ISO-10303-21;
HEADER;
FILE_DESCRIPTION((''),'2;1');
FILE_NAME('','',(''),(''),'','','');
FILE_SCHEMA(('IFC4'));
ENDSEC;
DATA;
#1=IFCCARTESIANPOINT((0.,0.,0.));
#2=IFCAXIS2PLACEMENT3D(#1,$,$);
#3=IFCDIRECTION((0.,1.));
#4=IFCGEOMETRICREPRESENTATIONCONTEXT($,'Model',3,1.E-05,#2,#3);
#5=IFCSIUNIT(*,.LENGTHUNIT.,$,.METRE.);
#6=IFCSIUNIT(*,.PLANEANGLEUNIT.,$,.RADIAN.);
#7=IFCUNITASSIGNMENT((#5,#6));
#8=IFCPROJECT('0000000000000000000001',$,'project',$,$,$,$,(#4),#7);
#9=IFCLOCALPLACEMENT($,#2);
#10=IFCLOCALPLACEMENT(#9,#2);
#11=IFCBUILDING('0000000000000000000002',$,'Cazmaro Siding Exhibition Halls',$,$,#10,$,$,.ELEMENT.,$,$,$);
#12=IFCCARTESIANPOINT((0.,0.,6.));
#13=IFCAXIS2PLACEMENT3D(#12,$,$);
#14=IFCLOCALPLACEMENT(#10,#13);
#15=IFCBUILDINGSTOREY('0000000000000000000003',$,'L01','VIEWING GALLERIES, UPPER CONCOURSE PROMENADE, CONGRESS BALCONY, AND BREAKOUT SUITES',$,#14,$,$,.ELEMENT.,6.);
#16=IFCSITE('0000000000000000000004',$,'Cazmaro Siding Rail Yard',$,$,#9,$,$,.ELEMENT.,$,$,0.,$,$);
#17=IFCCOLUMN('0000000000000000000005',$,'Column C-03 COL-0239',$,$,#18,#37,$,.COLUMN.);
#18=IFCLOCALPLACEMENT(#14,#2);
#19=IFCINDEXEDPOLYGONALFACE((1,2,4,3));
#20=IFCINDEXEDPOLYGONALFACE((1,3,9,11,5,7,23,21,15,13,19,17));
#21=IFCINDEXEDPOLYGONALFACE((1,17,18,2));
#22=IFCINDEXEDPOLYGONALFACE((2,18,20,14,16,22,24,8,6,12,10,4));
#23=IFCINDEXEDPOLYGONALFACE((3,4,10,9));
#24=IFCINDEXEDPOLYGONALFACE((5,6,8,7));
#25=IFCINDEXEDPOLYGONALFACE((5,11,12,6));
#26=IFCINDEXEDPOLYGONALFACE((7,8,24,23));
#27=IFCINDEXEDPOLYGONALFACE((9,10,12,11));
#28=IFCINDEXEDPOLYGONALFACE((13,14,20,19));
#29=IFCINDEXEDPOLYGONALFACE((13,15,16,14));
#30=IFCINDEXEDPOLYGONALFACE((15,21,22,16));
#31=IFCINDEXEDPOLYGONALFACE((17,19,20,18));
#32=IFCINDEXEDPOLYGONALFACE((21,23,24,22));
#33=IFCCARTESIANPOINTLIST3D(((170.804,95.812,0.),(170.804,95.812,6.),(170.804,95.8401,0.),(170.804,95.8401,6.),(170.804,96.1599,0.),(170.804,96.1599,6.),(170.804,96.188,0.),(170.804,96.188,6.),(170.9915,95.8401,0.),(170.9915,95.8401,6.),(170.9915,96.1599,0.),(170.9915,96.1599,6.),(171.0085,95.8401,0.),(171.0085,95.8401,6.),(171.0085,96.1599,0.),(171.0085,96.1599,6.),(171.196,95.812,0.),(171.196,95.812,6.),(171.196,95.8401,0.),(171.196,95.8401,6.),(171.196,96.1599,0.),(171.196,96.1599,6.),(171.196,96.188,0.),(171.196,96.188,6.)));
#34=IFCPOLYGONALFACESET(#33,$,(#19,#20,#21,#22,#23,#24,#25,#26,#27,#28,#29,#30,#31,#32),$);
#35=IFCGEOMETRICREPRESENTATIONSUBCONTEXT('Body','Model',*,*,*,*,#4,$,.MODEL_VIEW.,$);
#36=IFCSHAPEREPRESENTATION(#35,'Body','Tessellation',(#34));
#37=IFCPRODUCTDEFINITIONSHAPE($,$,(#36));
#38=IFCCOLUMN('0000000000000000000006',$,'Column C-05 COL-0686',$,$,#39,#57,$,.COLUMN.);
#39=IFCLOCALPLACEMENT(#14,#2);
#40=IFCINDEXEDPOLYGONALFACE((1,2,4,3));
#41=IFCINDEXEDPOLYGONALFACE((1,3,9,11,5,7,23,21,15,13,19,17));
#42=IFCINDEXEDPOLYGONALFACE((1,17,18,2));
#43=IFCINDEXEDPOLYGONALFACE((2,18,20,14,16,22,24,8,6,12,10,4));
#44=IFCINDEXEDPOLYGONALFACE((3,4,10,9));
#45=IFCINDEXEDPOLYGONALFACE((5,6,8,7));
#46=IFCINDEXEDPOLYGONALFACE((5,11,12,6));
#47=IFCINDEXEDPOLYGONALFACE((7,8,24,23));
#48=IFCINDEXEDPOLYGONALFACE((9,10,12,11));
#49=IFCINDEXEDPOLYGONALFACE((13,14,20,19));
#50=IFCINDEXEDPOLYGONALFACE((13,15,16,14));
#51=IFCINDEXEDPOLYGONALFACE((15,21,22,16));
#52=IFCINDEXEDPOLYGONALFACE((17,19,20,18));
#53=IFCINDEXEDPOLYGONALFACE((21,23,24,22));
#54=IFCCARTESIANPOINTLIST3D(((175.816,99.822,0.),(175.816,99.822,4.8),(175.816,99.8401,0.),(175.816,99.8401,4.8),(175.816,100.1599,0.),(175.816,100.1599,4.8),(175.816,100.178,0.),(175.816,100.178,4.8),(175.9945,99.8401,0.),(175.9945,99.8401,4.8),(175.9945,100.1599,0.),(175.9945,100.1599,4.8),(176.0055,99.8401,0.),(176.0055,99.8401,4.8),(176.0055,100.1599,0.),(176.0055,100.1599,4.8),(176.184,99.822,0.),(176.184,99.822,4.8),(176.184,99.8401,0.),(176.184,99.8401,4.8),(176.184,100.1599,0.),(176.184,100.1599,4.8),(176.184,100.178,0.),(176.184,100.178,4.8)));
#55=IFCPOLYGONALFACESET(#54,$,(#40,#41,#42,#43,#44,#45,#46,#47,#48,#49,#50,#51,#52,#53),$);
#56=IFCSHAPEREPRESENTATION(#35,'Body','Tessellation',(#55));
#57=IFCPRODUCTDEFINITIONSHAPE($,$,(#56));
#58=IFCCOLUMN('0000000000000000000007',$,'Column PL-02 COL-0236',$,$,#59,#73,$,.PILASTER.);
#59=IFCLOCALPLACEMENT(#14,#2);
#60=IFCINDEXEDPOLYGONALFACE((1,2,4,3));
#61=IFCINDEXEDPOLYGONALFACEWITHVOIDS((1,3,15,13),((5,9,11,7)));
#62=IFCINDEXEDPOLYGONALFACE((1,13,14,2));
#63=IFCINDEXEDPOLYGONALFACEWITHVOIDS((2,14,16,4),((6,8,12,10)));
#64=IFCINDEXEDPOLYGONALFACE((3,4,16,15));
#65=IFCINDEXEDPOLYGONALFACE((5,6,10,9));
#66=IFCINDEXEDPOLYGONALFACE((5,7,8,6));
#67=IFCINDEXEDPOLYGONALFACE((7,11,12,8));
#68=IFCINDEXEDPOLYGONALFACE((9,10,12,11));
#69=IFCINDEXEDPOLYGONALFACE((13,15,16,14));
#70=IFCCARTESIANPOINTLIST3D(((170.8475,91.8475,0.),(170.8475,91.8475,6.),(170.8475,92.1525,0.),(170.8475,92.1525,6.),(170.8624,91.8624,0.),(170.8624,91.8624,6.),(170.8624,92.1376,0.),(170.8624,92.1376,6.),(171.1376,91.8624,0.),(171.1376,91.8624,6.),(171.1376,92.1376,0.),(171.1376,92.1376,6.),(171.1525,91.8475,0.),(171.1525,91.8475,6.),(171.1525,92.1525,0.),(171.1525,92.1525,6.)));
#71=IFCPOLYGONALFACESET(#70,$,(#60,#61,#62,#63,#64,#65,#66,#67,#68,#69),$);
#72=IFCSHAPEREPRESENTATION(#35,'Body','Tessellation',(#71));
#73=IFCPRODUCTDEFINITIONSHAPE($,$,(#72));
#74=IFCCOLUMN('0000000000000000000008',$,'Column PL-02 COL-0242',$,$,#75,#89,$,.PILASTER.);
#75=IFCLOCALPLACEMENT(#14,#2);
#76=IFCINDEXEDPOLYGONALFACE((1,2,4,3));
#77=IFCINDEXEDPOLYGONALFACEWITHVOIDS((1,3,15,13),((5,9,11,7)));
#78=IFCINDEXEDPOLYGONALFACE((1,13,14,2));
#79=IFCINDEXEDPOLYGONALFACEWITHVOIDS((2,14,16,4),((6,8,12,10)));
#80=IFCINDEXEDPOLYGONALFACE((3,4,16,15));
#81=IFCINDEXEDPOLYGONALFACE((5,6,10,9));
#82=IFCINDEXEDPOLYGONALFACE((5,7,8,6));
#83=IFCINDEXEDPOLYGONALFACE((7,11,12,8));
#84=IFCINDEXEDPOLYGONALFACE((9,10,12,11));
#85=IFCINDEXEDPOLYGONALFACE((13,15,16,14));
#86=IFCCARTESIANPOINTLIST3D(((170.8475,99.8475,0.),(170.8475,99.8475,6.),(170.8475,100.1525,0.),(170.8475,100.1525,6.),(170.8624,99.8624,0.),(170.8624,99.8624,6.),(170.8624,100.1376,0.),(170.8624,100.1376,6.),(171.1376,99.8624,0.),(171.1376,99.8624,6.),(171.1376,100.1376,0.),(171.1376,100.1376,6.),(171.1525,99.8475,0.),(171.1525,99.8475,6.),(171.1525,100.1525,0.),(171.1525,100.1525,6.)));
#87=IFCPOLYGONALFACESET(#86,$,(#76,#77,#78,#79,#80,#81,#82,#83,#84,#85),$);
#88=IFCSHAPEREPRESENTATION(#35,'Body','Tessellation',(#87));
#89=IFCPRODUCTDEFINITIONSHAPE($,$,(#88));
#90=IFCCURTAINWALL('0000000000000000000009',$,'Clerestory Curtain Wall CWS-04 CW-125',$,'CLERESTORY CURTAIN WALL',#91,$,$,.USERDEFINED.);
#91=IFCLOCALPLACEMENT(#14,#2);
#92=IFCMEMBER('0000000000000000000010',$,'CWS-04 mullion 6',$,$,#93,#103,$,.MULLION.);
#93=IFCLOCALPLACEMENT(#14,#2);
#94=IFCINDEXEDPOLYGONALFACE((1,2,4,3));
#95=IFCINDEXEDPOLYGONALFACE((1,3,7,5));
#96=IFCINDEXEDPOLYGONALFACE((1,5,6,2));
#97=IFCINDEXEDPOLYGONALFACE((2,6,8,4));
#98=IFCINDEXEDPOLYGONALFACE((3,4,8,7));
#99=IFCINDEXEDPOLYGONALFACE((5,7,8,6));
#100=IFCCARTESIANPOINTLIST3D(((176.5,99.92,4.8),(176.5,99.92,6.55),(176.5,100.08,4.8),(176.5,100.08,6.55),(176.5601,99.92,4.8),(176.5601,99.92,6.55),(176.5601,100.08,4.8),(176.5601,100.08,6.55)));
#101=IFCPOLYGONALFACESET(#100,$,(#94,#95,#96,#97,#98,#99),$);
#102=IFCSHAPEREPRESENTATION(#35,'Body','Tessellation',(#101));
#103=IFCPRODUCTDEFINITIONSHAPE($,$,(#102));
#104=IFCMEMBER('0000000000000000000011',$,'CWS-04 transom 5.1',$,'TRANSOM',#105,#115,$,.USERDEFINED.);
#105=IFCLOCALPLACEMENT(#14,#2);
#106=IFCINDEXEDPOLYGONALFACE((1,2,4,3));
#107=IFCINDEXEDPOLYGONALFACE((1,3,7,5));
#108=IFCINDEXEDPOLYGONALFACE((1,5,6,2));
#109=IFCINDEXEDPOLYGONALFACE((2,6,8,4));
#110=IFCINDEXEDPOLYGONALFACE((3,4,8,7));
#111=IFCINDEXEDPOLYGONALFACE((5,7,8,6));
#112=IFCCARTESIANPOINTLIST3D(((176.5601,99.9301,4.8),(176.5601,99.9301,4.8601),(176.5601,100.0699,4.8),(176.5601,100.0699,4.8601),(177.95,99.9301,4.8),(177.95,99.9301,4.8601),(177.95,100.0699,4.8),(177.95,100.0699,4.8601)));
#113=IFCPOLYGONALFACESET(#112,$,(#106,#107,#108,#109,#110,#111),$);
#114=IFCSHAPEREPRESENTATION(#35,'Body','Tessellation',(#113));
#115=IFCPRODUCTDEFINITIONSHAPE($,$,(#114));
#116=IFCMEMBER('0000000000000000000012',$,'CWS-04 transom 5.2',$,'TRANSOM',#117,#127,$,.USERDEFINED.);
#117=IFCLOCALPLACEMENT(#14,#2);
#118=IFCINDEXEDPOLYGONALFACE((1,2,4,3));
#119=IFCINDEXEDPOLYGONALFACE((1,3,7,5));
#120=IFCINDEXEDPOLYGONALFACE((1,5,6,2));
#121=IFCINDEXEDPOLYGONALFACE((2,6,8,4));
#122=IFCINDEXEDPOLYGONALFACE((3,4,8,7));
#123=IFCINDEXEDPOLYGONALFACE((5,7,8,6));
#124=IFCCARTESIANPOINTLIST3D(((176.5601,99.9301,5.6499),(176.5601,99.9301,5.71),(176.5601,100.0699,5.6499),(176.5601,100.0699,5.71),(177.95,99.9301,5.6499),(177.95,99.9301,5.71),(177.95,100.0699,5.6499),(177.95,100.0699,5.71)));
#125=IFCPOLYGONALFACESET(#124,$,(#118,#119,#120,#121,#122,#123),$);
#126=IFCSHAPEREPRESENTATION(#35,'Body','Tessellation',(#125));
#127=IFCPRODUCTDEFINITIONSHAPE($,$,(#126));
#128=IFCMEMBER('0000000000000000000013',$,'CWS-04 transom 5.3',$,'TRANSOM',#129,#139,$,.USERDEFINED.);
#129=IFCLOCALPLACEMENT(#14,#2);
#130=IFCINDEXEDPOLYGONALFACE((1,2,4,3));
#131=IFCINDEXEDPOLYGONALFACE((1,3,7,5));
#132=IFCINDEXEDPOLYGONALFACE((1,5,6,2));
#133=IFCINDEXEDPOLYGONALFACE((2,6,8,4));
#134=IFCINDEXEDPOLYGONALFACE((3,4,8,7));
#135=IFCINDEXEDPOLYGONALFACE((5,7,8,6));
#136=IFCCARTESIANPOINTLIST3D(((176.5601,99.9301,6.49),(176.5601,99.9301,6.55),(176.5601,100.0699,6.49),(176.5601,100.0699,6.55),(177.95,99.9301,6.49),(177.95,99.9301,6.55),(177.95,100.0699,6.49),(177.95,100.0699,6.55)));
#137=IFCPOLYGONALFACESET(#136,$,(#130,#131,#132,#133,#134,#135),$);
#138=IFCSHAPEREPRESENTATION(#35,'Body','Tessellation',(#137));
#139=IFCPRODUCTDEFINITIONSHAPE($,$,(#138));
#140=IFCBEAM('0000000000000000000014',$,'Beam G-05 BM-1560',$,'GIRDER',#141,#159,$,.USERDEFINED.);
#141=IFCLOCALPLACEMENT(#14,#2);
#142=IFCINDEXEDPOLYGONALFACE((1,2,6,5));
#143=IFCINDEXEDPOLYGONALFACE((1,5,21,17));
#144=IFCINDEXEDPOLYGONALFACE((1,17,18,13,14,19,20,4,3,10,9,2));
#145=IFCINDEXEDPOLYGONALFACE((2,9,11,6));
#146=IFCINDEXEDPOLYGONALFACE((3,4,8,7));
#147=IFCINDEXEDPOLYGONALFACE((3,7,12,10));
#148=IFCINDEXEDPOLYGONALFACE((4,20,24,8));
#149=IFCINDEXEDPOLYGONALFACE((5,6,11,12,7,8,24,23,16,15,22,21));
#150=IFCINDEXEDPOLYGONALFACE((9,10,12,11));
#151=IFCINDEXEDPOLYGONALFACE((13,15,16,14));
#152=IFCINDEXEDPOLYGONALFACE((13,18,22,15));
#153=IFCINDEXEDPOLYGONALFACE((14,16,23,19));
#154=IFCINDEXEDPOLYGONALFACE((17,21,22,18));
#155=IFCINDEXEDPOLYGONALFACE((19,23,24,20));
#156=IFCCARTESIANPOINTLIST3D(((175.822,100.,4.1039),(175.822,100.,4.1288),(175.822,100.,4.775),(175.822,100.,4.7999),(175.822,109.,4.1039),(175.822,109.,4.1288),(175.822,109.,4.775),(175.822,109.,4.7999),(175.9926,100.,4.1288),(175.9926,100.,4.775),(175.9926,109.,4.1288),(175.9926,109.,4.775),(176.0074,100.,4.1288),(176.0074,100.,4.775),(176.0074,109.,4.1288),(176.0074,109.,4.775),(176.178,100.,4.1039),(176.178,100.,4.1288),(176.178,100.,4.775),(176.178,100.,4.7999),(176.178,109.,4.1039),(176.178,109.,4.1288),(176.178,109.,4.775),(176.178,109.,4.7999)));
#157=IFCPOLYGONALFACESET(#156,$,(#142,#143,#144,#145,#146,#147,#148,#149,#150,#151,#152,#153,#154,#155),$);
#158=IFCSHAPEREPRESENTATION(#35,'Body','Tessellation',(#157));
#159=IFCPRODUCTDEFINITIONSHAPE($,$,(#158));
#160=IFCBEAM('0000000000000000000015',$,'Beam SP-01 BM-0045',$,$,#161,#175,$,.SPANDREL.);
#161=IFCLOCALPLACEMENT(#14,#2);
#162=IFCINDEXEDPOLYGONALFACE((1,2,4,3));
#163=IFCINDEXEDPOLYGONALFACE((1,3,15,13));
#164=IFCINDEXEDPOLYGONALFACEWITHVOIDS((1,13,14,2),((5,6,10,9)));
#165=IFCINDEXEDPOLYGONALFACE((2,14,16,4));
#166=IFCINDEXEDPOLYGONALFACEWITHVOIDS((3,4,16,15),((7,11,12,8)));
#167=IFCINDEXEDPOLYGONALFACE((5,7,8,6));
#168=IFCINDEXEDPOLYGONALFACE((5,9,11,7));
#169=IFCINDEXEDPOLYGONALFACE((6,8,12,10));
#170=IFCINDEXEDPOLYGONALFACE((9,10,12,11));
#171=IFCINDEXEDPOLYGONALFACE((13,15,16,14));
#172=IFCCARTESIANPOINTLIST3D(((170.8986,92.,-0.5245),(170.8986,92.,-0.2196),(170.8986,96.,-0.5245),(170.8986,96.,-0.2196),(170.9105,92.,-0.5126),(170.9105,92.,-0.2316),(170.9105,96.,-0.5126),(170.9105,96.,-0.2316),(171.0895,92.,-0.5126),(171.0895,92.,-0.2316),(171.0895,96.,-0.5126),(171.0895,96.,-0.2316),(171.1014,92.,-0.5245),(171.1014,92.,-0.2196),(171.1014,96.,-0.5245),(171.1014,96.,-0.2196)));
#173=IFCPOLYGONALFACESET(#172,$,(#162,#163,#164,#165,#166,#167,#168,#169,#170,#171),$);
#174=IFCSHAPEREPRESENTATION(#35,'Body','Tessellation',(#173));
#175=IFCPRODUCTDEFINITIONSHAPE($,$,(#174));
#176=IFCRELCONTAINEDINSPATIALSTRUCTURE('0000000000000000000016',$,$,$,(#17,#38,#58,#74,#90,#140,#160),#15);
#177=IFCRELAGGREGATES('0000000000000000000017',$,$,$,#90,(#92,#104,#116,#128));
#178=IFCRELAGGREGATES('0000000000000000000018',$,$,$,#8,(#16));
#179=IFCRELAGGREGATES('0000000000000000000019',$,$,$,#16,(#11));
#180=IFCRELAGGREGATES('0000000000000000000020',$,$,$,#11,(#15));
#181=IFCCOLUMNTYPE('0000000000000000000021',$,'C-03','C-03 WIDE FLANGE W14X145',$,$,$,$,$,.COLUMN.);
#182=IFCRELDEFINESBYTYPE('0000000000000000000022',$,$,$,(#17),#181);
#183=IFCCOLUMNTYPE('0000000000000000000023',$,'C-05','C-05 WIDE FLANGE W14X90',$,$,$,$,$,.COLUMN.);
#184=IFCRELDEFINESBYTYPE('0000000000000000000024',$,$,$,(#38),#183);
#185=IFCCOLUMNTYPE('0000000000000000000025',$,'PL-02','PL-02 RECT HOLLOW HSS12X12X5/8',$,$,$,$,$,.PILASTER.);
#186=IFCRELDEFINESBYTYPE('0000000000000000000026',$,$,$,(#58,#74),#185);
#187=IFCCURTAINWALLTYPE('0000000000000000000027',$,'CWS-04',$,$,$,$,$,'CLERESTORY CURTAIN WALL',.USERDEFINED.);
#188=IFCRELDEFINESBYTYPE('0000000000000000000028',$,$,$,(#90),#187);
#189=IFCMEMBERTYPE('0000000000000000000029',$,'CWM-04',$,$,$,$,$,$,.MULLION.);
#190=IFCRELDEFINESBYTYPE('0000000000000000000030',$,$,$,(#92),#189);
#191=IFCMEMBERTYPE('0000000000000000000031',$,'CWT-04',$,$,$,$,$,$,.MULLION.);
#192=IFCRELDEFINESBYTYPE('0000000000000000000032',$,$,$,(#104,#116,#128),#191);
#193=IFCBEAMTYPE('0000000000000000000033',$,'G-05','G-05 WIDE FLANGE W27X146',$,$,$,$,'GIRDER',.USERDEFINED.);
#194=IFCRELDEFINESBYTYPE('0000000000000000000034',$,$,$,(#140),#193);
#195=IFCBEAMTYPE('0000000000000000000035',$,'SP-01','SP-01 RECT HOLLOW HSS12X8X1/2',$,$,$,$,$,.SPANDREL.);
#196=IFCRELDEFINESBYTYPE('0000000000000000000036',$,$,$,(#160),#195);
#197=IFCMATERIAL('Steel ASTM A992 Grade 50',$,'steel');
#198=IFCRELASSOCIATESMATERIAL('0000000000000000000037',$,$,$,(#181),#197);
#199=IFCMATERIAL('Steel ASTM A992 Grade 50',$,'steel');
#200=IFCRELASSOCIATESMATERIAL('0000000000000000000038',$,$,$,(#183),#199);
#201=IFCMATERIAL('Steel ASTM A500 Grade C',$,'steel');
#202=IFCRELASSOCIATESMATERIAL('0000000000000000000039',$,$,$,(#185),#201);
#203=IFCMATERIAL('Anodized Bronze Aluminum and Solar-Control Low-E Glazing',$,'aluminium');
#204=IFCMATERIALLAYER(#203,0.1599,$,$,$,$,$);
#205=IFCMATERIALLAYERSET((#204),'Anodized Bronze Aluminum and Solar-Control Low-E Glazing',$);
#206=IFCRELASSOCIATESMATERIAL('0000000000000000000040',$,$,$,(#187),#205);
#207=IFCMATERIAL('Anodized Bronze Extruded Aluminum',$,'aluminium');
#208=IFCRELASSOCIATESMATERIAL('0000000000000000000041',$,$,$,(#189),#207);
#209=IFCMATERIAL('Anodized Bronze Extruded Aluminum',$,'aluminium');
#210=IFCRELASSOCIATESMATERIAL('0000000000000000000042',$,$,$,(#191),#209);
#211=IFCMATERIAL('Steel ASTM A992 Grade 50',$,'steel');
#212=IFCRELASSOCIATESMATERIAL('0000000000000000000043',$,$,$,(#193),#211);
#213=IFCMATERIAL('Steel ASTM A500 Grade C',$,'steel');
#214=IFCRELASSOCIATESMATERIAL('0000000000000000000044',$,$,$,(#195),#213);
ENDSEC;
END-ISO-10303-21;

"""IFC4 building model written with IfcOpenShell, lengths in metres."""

from ifc_helpers import new_model, si_unit, direction, frame, origin, origin_2d, place, context, subcontext, project, spatial, rectangle, hollow_rectangle, i_section, extrude, material, layer, layer_set, material_profile, profile_set, type_object, element, aggregate, save


model = new_model("IFC4")

# Units and contexts
model_context = context("Model", 3, precision=1e-05, world=origin(), true_north=direction((0.0, 1.0)))
body_context = subcontext(model_context, "Body", "Model", "MODEL_VIEW")
ifc_project = project(units=[si_unit("LENGTHUNIT", "METRE"), si_unit("PLANEANGLEUNIT", "RADIAN")], contexts=[model_context])

# Site, building, storey
site_placement = place(None, origin())
site = spatial("IfcSite", under=ifc_project, at=site_placement, Name="Cazmaro Siding Rail Yard", CompositionType="ELEMENT", RefElevation=0.0)
building_placement = place(site_placement, origin())
building = spatial("IfcBuilding", under=site, at=building_placement, Name="Cazmaro Siding Exhibition Halls", CompositionType="ELEMENT")
storey_placement = place(building_placement, frame((0.0, 0.0, 6.0)))
storey = spatial("IfcBuildingStorey", under=building, at=storey_placement, Name="L01", Description="VIEWING GALLERIES, UPPER CONCOURSE PROMENADE, CONGRESS BALCONY, AND BREAKOUT SUITES", CompositionType="ELEMENT", Elevation=6.0)

# Columns
ifc_material_1 = material(Name="Steel ASTM A992 Grade 50", Category="steel")
ifc_material_profile_1 = material_profile(ifc_material_1, i_section(OverallWidth=0.3921, OverallDepth=0.376, WebThickness=0.0171, FlangeThickness=0.0281, at=origin_2d()), Name="W14X145")
ifc_profile_set_1 = profile_set([ifc_material_profile_1], Name="Steel ASTM A992 Grade 50")
column_type_1 = type_object("IfcColumnType", Name="C-03", Description="C-03 WIDE FLANGE W14X145", PredefinedType="COLUMN", material=ifc_profile_set_1)
column_1_placement = place(storey_placement, frame((171.0, 96.0, 0.0), z_axis=(0.0, 0.0, 1.0), x_axis=(1.0, 0.0, 0.0)))
element("IfcColumn", 1, at=column_1_placement, inside=storey, type_object=column_type_1, Name="Column C-03 COL-0239", PredefinedType="COLUMN", context=body_context, shape_type="SweptSolid", body=[
    extrude(i_section(OverallWidth=0.3921, OverallDepth=0.376, WebThickness=0.0171, FlangeThickness=0.0281, at=origin_2d()), origin(), (0.0, 0.0, 1.0), 6.0),
])
ifc_material_2 = material(Name="Steel ASTM A992 Grade 50", Category="steel")
ifc_material_profile_2 = material_profile(ifc_material_2, i_section(OverallWidth=0.3679, OverallDepth=0.356, WebThickness=0.011, FlangeThickness=0.0181, at=origin_2d()), Name="W14X90")
ifc_profile_set_2 = profile_set([ifc_material_profile_2], Name="Steel ASTM A992 Grade 50")
column_type_2 = type_object("IfcColumnType", Name="C-05", Description="C-05 WIDE FLANGE W14X90", PredefinedType="COLUMN", material=ifc_profile_set_2)
column_2_placement = place(storey_placement, frame((176.0, 100.0, 0.0), z_axis=(0.0, 0.0, 1.0), x_axis=(1.0, 0.0, 0.0)))
element("IfcColumn", 2, at=column_2_placement, inside=storey, type_object=column_type_2, Name="Column C-05 COL-0686", PredefinedType="COLUMN", context=body_context, shape_type="SweptSolid", body=[
    extrude(i_section(OverallWidth=0.3679, OverallDepth=0.356, WebThickness=0.011, FlangeThickness=0.0181, at=origin_2d()), origin(), (0.0, 0.0, 1.0), 4.8),
])
ifc_material_3 = material(Name="Steel ASTM A500 Grade C", Category="steel")
ifc_material_profile_3 = material_profile(ifc_material_3, hollow_rectangle(XDim=0.3049, YDim=0.3049, WallThickness=0.0149, at=origin_2d()), Name="HSS12X12X5/8")
ifc_profile_set_3 = profile_set([ifc_material_profile_3], Name="Steel ASTM A500 Grade C")
column_type_3 = type_object("IfcColumnType", Name="PL-02", Description="PL-02 RECT HOLLOW HSS12X12X5/8", PredefinedType="PILASTER", material=ifc_profile_set_3)
for number, where, z_axis, x_axis, name in (
    (3, (171.0, 92.0, 0.0), (0.0, 0.0, 1.0), (1.0, 0.0, 0.0), "Column PL-02 COL-0236"),
    (4, (171.0, 100.0, 0.0), (0.0, 0.0, 1.0), (1.0, 0.0, 0.0), "Column PL-02 COL-0242"),
):
    element("IfcColumn", number, at=place(storey_placement, frame(where, z_axis=z_axis, x_axis=x_axis)), inside=storey, type_object=column_type_3, Name=name, PredefinedType="PILASTER", context=body_context, shape_type="SweptSolid", body=[
        extrude(hollow_rectangle(XDim=0.3049, YDim=0.3049, WallThickness=0.0149, at=origin_2d()), origin(), (0.0, 0.0, 1.0), 6.0),
    ])

# Curtain wall, members
ifc_material_4 = material(Name="Anodized Bronze Aluminum and Solar-Control Low-E Glazing", Category="aluminium")
ifc_layer_1 = layer(ifc_material_4, 0.1599)
ifc_layer_set_1 = layer_set([ifc_layer_1], Name="Anodized Bronze Aluminum and Solar-Control Low-E Glazing")
curtain_wall_type = type_object("IfcCurtainWallType", Name="CWS-04", ElementType="CLERESTORY CURTAIN WALL", PredefinedType="USERDEFINED", material=ifc_layer_set_1)
curtain_wall_placement = place(storey_placement, origin())
curtain_wall = element("IfcCurtainWall", 5, at=curtain_wall_placement, inside=storey, type_object=curtain_wall_type, Name="Clerestory Curtain Wall CWS-04 CW-125", ObjectType="CLERESTORY CURTAIN WALL", PredefinedType="USERDEFINED")
ifc_material_5 = material(Name="Anodized Bronze Extruded Aluminum", Category="aluminium")
ifc_material_profile_4 = material_profile(ifc_material_5, rectangle(XDim=0.1599, YDim=0.0601, at=origin_2d()), Name="CWM-04")
ifc_profile_set_4 = profile_set([ifc_material_profile_4], Name="Anodized Bronze Extruded Aluminum")
member_type_1 = type_object("IfcMemberType", Name="CWM-04", PredefinedType="MULLION", material=ifc_profile_set_4)
member_1_placement = place(storey_placement, frame((176.53, 100.0, 4.8), z_axis=(0.0, 0.0, 1.0), x_axis=(0.0, -1.0, 0.0)))
member_1 = element("IfcMember", 6, at=member_1_placement, type_object=member_type_1, Name="CWS-04 mullion 6", PredefinedType="MULLION", context=body_context, shape_type="SweptSolid", body=[
    extrude(rectangle(XDim=0.1599, YDim=0.0601, at=origin_2d()), origin(), (0.0, 0.0, 1.0), 1.75),
])
ifc_material_6 = material(Name="Anodized Bronze Extruded Aluminum", Category="aluminium")
ifc_material_profile_5 = material_profile(ifc_material_6, rectangle(XDim=0.1399, YDim=0.0601, at=origin_2d()), Name="CWT-04")
ifc_profile_set_5 = profile_set([ifc_material_profile_5], Name="Anodized Bronze Extruded Aluminum")
member_type_2 = type_object("IfcMemberType", Name="CWT-04", PredefinedType="MULLION", material=ifc_profile_set_5)
member_2_placement = place(storey_placement, frame((177.95, 100.0, 4.8301), z_axis=(-1.0, 0.0, 0.0), x_axis=(0.0, -1.0, 0.0)))
member_2 = element("IfcMember", 7, at=member_2_placement, type_object=member_type_2, Name="CWS-04 transom 5.1", ObjectType="TRANSOM", PredefinedType="USERDEFINED", context=body_context, shape_type="SweptSolid", body=[
    extrude(rectangle(XDim=0.1399, YDim=0.0601, at=origin_2d()), origin(), (0.0, 0.0, 1.0), 1.3899),
])
member_3_placement = place(storey_placement, frame((177.95, 100.0, 5.6799), z_axis=(-1.0, 0.0, 0.0), x_axis=(0.0, -1.0, 0.0)))
member_3 = element("IfcMember", 8, at=member_3_placement, type_object=member_type_2, Name="CWS-04 transom 5.2", ObjectType="TRANSOM", PredefinedType="USERDEFINED", context=body_context, shape_type="SweptSolid", body=[
    extrude(rectangle(XDim=0.1399, YDim=0.0601, at=origin_2d()), origin(), (0.0, 0.0, 1.0), 1.3899),
])
member_4_placement = place(storey_placement, frame((177.95, 100.0, 6.52), z_axis=(-1.0, 0.0, 0.0), x_axis=(0.0, -1.0, 0.0)))
member_4 = element("IfcMember", 9, at=member_4_placement, type_object=member_type_2, Name="CWS-04 transom 5.3", ObjectType="TRANSOM", PredefinedType="USERDEFINED", context=body_context, shape_type="SweptSolid", body=[
    extrude(rectangle(XDim=0.1399, YDim=0.0601, at=origin_2d()), origin(), (0.0, 0.0, 1.0), 1.3899),
])

# Beams
ifc_material_7 = material(Name="Steel ASTM A992 Grade 50", Category="steel")
ifc_material_profile_6 = material_profile(ifc_material_7, i_section(OverallWidth=0.356, OverallDepth=0.696, WebThickness=0.0149, FlangeThickness=0.0249, at=origin_2d()), Name="W27X146")
ifc_profile_set_6 = profile_set([ifc_material_profile_6], Name="Steel ASTM A992 Grade 50")
beam_type_1 = type_object("IfcBeamType", Name="G-05", Description="G-05 WIDE FLANGE W27X146", ElementType="GIRDER", PredefinedType="USERDEFINED", material=ifc_profile_set_6)
beam_1_placement = place(storey_placement, frame((176.0, 100.0, 4.4519), z_axis=(0.0, 1.0, 0.0), x_axis=(-1.0, 0.0, 0.0)))
element("IfcBeam", 10, at=beam_1_placement, inside=storey, type_object=beam_type_1, Name="Beam G-05 BM-1560", ObjectType="GIRDER", PredefinedType="USERDEFINED", context=body_context, shape_type="SweptSolid", body=[
    extrude(i_section(OverallWidth=0.356, OverallDepth=0.696, WebThickness=0.0149, FlangeThickness=0.0249, at=origin_2d()), origin(), (0.0, 0.0, 1.0), 9.0),
])
ifc_material_8 = material(Name="Steel ASTM A500 Grade C", Category="steel")
ifc_material_profile_7 = material_profile(ifc_material_8, hollow_rectangle(XDim=0.2029, YDim=0.3049, WallThickness=0.012, at=origin_2d()), Name="HSS12X8X1/2")
ifc_profile_set_7 = profile_set([ifc_material_profile_7], Name="Steel ASTM A500 Grade C")
beam_type_2 = type_object("IfcBeamType", Name="SP-01", Description="SP-01 RECT HOLLOW HSS12X8X1/2", PredefinedType="SPANDREL", material=ifc_profile_set_7)
for number, where, z_axis, x_axis, name in (
    (11, (171.0, 92.0, -0.3721), (0.0, 1.0, 0.0), (-1.0, 0.0, 0.0), "Beam SP-01 BM-0045"),
):
    element("IfcBeam", number, at=place(storey_placement, frame(where, z_axis=z_axis, x_axis=x_axis)), inside=storey, type_object=beam_type_2, Name=name, PredefinedType="SPANDREL", context=body_context, shape_type="SweptSolid", body=[
        extrude(hollow_rectangle(XDim=0.2029, YDim=0.3049, WallThickness=0.012, at=origin_2d()), origin(), (0.0, 0.0, 1.0), 4.0),
    ])

aggregate(curtain_wall, [member_1, member_2, member_3, member_4])

save(model, "model.ifc")
